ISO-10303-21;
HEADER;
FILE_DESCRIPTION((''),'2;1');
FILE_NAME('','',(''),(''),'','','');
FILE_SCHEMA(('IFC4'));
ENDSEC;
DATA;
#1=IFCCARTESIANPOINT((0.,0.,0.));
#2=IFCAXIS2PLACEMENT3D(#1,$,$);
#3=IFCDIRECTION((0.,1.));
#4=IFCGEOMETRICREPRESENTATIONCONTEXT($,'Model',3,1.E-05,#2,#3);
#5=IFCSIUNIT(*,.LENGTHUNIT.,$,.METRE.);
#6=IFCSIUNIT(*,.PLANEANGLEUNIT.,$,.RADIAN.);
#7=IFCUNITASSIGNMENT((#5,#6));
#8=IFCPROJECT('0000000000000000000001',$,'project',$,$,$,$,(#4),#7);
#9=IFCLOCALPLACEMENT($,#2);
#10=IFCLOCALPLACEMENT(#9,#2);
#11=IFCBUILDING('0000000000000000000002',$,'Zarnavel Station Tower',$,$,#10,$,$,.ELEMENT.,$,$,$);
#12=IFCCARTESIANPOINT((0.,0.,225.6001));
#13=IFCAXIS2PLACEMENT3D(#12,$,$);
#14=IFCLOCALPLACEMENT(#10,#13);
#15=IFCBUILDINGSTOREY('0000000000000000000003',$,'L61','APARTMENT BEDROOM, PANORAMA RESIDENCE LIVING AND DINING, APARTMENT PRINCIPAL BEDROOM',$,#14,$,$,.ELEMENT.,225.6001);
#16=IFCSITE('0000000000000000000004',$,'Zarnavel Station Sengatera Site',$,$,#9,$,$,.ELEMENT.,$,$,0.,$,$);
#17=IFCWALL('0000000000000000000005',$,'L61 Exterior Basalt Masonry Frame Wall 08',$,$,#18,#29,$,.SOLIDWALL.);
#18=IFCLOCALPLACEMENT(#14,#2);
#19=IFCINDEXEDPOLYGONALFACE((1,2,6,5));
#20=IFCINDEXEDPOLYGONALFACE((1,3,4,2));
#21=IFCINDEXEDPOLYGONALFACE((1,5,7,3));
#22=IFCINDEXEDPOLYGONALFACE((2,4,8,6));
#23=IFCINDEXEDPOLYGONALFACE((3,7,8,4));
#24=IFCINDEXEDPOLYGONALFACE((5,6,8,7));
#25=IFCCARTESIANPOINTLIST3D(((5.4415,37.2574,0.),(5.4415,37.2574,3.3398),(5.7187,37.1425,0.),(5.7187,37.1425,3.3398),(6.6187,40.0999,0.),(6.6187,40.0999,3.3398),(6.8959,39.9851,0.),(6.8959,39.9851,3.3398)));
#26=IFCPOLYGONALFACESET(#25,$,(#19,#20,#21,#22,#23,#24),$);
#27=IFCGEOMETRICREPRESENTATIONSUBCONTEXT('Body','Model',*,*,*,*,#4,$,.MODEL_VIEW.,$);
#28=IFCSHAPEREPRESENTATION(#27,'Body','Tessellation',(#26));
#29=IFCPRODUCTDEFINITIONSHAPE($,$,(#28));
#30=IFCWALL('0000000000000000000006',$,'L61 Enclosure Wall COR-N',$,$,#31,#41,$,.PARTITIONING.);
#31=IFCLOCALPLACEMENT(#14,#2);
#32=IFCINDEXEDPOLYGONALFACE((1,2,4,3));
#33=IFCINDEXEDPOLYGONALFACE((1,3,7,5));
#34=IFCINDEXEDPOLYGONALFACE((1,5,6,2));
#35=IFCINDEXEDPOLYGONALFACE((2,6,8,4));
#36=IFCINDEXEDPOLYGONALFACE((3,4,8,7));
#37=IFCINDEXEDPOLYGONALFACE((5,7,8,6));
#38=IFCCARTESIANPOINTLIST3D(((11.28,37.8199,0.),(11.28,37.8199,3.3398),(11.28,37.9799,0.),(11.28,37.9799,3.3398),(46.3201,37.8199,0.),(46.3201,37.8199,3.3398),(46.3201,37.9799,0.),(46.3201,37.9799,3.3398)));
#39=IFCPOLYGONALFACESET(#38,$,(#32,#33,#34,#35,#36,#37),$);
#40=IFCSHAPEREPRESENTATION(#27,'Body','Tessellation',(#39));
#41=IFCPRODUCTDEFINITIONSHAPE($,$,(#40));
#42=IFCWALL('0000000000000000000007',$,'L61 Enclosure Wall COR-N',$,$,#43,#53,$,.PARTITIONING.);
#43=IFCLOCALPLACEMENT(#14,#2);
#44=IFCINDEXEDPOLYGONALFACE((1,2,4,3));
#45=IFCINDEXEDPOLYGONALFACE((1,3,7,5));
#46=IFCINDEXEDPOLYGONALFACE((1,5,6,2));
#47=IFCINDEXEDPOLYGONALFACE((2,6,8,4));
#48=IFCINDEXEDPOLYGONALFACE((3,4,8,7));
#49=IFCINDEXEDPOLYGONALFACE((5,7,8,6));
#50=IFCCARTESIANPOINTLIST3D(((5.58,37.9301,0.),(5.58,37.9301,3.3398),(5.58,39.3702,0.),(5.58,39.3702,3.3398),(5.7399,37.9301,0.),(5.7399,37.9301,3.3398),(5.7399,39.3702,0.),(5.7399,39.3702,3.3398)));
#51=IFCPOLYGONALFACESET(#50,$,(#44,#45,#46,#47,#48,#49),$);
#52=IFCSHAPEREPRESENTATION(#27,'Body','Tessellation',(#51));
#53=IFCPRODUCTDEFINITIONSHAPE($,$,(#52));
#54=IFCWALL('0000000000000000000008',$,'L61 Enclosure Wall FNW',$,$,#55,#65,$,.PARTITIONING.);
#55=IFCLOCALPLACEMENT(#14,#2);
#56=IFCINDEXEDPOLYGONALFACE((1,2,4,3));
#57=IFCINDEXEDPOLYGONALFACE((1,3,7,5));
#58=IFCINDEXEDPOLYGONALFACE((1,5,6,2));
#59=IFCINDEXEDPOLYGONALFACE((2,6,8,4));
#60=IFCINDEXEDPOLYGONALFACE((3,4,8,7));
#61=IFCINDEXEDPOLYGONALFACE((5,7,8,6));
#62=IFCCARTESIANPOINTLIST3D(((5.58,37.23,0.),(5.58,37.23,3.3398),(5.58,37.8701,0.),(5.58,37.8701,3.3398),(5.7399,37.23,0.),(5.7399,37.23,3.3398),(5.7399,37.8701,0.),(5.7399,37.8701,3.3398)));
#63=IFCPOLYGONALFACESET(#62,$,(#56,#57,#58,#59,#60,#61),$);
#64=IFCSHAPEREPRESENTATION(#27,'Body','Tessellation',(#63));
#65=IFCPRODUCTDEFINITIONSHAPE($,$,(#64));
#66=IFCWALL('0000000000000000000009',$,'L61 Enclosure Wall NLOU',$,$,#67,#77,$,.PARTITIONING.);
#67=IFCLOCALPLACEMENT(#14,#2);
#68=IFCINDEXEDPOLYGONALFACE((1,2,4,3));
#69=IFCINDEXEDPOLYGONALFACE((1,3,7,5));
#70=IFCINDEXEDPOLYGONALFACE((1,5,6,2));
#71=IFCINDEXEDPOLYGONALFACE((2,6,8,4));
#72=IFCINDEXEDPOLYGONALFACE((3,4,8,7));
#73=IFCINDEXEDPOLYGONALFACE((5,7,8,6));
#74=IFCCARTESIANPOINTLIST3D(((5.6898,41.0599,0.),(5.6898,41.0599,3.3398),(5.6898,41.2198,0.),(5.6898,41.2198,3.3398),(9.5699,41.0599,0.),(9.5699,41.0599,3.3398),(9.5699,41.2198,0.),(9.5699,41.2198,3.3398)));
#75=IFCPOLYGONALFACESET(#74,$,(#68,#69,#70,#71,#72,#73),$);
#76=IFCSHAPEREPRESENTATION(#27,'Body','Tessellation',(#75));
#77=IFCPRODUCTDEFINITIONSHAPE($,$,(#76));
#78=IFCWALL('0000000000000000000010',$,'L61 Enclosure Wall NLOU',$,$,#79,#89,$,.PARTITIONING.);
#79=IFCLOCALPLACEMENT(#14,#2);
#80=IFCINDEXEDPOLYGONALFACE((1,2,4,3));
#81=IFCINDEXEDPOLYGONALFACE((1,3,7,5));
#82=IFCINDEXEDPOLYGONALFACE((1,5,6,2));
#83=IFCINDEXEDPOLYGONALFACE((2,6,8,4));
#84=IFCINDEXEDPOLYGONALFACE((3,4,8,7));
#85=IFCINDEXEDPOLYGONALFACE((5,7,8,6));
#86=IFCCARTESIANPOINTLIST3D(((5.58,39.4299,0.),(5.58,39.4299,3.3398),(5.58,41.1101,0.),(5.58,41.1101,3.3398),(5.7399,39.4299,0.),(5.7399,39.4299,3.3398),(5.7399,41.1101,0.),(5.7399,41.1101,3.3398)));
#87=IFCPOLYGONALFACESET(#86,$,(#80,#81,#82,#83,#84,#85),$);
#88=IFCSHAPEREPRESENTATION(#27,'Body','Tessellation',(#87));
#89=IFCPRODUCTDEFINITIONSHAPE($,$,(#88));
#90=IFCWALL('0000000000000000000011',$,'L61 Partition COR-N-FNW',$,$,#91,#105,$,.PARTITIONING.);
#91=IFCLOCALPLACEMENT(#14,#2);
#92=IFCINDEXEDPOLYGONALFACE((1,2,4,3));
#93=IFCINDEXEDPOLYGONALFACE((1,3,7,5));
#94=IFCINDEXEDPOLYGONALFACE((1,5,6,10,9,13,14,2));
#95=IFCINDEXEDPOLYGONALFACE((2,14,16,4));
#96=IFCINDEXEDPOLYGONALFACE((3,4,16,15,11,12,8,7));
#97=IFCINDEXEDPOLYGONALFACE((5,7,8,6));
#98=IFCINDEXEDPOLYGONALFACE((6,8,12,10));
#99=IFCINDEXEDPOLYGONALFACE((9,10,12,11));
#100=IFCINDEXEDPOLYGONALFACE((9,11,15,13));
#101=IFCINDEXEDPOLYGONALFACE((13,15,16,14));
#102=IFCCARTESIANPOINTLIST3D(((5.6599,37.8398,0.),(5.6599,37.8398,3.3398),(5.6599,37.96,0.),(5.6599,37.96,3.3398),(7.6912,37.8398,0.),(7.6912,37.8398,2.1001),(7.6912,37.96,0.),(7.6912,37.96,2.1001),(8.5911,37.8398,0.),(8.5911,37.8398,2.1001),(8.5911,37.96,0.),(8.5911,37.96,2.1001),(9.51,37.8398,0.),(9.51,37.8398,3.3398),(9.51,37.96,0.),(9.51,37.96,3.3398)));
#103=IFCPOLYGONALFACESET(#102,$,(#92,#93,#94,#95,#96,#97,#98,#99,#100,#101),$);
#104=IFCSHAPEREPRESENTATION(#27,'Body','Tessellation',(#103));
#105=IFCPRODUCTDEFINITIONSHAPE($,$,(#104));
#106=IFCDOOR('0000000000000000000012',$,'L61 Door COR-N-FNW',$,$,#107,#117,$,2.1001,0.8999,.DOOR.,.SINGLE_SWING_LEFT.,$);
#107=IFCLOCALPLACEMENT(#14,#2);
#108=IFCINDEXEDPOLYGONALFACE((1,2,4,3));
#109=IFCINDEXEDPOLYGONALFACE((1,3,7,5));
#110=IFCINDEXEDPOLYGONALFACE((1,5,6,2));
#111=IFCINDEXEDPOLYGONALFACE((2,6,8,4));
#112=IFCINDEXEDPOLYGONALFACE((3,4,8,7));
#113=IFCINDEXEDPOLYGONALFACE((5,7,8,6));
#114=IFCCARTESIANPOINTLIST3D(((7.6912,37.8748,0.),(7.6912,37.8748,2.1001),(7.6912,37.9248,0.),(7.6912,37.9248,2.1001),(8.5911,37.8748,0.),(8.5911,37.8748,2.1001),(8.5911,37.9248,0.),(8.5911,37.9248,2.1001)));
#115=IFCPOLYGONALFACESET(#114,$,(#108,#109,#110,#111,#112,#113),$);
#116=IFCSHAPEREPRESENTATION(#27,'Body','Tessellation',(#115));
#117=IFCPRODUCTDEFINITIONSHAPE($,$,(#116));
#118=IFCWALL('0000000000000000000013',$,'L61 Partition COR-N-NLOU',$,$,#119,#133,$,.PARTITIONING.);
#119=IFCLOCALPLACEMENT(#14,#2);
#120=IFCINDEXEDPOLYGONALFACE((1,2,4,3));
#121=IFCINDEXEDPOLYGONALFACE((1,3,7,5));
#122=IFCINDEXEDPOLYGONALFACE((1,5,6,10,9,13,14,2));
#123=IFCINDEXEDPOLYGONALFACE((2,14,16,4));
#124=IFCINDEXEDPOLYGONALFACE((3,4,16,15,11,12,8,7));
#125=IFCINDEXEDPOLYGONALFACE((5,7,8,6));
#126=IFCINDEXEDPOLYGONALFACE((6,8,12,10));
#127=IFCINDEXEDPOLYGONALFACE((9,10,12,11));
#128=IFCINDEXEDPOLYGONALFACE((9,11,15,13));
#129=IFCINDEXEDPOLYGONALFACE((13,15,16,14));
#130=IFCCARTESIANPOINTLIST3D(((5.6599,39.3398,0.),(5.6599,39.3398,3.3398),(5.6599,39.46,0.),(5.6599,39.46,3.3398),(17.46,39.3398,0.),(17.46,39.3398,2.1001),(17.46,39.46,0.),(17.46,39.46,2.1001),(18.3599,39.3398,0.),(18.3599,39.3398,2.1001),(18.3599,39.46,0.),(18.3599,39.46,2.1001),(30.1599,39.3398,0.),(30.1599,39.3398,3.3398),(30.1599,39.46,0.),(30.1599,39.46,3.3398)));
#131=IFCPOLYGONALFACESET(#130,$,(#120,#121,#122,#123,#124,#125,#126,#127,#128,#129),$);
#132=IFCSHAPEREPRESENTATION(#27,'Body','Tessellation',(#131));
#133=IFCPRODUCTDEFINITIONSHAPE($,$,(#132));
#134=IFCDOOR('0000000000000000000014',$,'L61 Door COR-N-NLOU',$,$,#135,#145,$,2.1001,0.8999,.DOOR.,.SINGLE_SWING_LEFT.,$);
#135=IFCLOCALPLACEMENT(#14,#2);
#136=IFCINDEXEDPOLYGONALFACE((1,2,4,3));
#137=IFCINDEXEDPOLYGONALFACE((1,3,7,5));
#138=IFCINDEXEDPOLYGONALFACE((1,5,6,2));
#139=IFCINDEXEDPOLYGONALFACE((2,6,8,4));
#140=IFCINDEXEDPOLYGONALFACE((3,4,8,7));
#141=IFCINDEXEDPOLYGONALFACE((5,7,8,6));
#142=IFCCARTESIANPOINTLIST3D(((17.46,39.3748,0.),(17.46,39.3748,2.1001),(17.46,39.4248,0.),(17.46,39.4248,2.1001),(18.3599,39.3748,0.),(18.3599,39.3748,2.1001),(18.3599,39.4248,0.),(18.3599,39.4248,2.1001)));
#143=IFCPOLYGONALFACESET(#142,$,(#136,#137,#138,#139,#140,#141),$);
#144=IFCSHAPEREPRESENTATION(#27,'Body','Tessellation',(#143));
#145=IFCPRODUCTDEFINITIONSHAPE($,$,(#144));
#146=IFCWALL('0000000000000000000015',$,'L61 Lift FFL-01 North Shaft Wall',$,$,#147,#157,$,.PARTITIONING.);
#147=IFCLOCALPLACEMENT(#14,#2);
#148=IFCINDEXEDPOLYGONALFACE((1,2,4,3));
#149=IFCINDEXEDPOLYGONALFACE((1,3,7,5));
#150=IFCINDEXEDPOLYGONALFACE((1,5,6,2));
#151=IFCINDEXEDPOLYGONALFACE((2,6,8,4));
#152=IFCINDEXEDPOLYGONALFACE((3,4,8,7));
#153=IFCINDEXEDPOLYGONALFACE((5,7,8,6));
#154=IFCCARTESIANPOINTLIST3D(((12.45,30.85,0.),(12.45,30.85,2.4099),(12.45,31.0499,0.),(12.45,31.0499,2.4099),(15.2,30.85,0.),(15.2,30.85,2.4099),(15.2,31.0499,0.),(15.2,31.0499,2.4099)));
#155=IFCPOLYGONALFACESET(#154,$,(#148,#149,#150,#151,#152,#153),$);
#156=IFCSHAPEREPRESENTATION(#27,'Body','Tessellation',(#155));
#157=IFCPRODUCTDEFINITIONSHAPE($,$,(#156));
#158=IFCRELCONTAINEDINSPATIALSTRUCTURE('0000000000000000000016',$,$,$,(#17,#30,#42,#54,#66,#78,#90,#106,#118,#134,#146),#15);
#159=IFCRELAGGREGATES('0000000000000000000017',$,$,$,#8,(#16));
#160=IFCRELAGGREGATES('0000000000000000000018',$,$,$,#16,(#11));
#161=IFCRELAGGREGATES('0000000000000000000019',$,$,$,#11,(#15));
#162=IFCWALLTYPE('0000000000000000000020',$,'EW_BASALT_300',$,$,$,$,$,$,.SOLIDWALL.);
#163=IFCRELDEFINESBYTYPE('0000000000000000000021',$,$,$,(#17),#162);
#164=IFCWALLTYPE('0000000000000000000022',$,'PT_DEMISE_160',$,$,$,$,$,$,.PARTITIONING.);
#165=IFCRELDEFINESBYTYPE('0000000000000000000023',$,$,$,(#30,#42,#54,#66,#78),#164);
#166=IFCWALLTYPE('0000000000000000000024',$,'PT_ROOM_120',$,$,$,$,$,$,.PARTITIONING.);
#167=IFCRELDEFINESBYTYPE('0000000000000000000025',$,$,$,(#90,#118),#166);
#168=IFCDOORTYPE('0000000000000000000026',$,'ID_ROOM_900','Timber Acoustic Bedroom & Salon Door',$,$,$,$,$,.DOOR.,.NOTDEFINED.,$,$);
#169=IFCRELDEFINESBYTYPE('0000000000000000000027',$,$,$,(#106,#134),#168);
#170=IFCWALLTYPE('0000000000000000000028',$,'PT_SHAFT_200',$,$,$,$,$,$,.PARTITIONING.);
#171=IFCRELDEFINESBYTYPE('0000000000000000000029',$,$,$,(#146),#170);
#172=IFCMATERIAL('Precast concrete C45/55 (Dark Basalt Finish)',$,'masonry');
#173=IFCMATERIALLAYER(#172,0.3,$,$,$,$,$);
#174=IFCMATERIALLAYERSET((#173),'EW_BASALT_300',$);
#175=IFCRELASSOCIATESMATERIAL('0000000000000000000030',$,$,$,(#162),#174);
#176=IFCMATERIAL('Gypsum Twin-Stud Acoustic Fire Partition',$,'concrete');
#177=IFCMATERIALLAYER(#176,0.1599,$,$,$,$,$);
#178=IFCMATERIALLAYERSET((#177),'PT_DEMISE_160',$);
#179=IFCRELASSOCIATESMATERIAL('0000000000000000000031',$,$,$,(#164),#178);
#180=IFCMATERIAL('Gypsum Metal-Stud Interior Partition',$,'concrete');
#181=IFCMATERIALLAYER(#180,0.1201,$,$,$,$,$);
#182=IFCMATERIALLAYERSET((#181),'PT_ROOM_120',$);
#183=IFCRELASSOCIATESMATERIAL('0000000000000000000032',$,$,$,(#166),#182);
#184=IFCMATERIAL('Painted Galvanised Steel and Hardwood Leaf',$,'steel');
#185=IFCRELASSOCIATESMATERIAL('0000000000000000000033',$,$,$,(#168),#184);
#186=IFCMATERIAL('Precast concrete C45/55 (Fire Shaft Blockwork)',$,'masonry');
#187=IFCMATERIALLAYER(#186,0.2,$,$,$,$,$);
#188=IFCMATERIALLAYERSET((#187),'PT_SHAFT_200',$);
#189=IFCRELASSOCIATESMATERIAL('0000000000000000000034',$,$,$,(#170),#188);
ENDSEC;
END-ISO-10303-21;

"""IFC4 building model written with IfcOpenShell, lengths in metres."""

from ifc_helpers import new_model, si_unit, direction, frame, frame_2d, origin, place, context, subcontext, project, spatial, rectangle, extrude, material, layer, layer_set, type_object, element, fill, save


model = new_model("IFC4")

# Units and contexts
model_context = context("Model", 3, precision=1e-05, world=origin(), true_north=direction((0.0, 1.0)))
body_context = subcontext(model_context, "Body", "Model", "MODEL_VIEW")
ifc_project = project(units=[si_unit("LENGTHUNIT", "METRE"), si_unit("PLANEANGLEUNIT", "RADIAN")], contexts=[model_context])

# Site, building, storey
site_placement = place(None, origin())
site = spatial("IfcSite", under=ifc_project, at=site_placement, Name="Zarnavel Station Sengatera Site", CompositionType="ELEMENT", RefElevation=0.0)
building_placement = place(site_placement, origin())
building = spatial("IfcBuilding", under=site, at=building_placement, Name="Zarnavel Station Tower", CompositionType="ELEMENT")
storey_placement = place(building_placement, frame((0.0, 0.0, 225.6001)))
storey = spatial("IfcBuildingStorey", under=building, at=storey_placement, Name="L61", Description="APARTMENT BEDROOM, PANORAMA RESIDENCE LIVING AND DINING, APARTMENT PRINCIPAL BEDROOM", CompositionType="ELEMENT", Elevation=225.6001)

# Shared definitions
ifc_material_1 = material(Name="Precast concrete C45/55 (Dark Basalt Finish)", Category="masonry")
ifc_layer_1 = layer(ifc_material_1, 0.3)
ifc_layer_set_1 = layer_set([ifc_layer_1], Name="EW_BASALT_300")
wall_type_1 = type_object("IfcWallType", Name="EW_BASALT_300", PredefinedType="SOLIDWALL", material=ifc_layer_set_1)

# Walls
wall_1_placement = place(storey_placement, frame((5.5801, 37.2, 0.0), z_axis=(0.0, 0.0, 1.0), x_axis=(0.382637, 0.923899, 0.0)))
element("IfcWall", 1, at=wall_1_placement, inside=storey, type_object=wall_type_1, Name="L61 Exterior Basalt Masonry Frame Wall 08", PredefinedType="SOLIDWALL", context=body_context, shape_type="SweptSolid", body=[
    extrude(rectangle(XDim=3.0767, YDim=0.3, at=frame_2d((1.5383, 0.0))), origin(), (0.0, 0.0, 1.0), 3.3398),
])
ifc_material_2 = material(Name="Gypsum Twin-Stud Acoustic Fire Partition", Category="concrete")
ifc_layer_2 = layer(ifc_material_2, 0.1599)
ifc_layer_set_2 = layer_set([ifc_layer_2], Name="PT_DEMISE_160")
wall_type_2 = type_object("IfcWallType", Name="PT_DEMISE_160", PredefinedType="PARTITIONING", material=ifc_layer_set_2)
wall_2_placement = place(storey_placement, frame((11.28, 37.8999, 0.0), z_axis=(0.0, 0.0, 1.0), x_axis=(1.0, 0.0, 0.0)))
element("IfcWall", 2, at=wall_2_placement, inside=storey, type_object=wall_type_2, Name="L61 Enclosure Wall COR-N", PredefinedType="PARTITIONING", context=body_context, shape_type="SweptSolid", body=[
    extrude(rectangle(XDim=35.04, YDim=0.1599, at=frame_2d((17.52, 0.0))), origin(), (0.0, 0.0, 1.0), 3.3398),
])
wall_3_placement = place(storey_placement, frame((5.6599, 37.9299, 0.0), z_axis=(0.0, 0.0, 1.0), x_axis=(0.0, 1.0, 0.0)))
element("IfcWall", 3, at=wall_3_placement, inside=storey, type_object=wall_type_2, Name="L61 Enclosure Wall COR-N", PredefinedType="PARTITIONING", context=body_context, shape_type="SweptSolid", body=[
    extrude(rectangle(XDim=1.4402, YDim=0.1599, at=frame_2d((0.7202, 0.0))), origin(), (0.0, 0.0, 1.0), 3.3398),
])
wall_4_placement = place(storey_placement, frame((5.6599, 37.23, 0.0), z_axis=(0.0, 0.0, 1.0), x_axis=(0.0, 1.0, 0.0)))
element("IfcWall", 4, at=wall_4_placement, inside=storey, type_object=wall_type_2, Name="L61 Enclosure Wall FNW", PredefinedType="PARTITIONING", context=body_context, shape_type="SweptSolid", body=[
    extrude(rectangle(XDim=0.6401, YDim=0.1599, at=frame_2d((0.3201, 0.0))), origin(), (0.0, 0.0, 1.0), 3.3398),
])
wall_5_placement = place(storey_placement, frame((5.6899, 41.1399, 0.0), z_axis=(0.0, 0.0, 1.0), x_axis=(1.0, 0.0, 0.0)))
element("IfcWall", 5, at=wall_5_placement, inside=storey, type_object=wall_type_2, Name="L61 Enclosure Wall NLOU", PredefinedType="PARTITIONING", context=body_context, shape_type="SweptSolid", body=[
    extrude(rectangle(XDim=3.8801, YDim=0.1599, at=frame_2d((1.9399, 0.0))), origin(), (0.0, 0.0, 1.0), 3.3398),
])
wall_6_placement = place(storey_placement, frame((5.6599, 39.4299, 0.0), z_axis=(0.0, 0.0, 1.0), x_axis=(0.0, 1.0, 0.0)))
element("IfcWall", 6, at=wall_6_placement, inside=storey, type_object=wall_type_2, Name="L61 Enclosure Wall NLOU", PredefinedType="PARTITIONING", context=body_context, shape_type="SweptSolid", body=[
    extrude(rectangle(XDim=1.6802, YDim=0.1599, at=frame_2d((0.8401, 0.0))), origin(), (0.0, 0.0, 1.0), 3.3398),
])

# Walls, openings, doors
ifc_material_3 = material(Name="Gypsum Metal-Stud Interior Partition", Category="concrete")
ifc_layer_3 = layer(ifc_material_3, 0.1201)
ifc_layer_set_3 = layer_set([ifc_layer_3], Name="PT_ROOM_120")
wall_type_3 = type_object("IfcWallType", Name="PT_ROOM_120", PredefinedType="PARTITIONING", material=ifc_layer_set_3)
wall_7_placement = place(storey_placement, frame((5.6599, 37.8999, 0.0), z_axis=(0.0, 0.0, 1.0), x_axis=(1.0, 0.0, 0.0)))
wall_7 = element("IfcWall", 7, at=wall_7_placement, inside=storey, type_object=wall_type_3, Name="L61 Partition COR-N-FNW", PredefinedType="PARTITIONING", context=body_context, shape_type="SweptSolid", body=[
    extrude(rectangle(XDim=3.8501, YDim=0.1201, at=frame_2d((1.925, 0.0))), origin(), (0.0, 0.0, 1.0), 3.3398),
])
opening_1_placement = place(wall_7_placement, frame((2.0312, 0.0, 0.0)))
opening_1 = element("IfcOpeningElement", 8, at=opening_1_placement, cuts=wall_7, PredefinedType="OPENING", context=body_context, shape_type="SweptSolid", body=[
    extrude(rectangle(XDim=0.8999, YDim=2.1001, at=frame_2d((0.45, 1.05))), frame((0.0, 0.0701, 0.0), z_axis=(0.0, -1.0, 0.0), x_axis=(1.0, 0.0, 0.0)), (0.0, 0.0, 1.0), 0.1401),
])
ifc_material_4 = material(Name="Painted Galvanised Steel and Hardwood Leaf", Category="steel")
door_type_1 = type_object("IfcDoorType", Name="ID_ROOM_900", Description="Timber Acoustic Bedroom & Salon Door", OperationType="NOTDEFINED", PredefinedType="DOOR", material=ifc_material_4)
door_1_placement = place(opening_1_placement, origin())
door_1 = element("IfcDoor", 9, at=door_1_placement, inside=storey, type_object=door_type_1, Name="L61 Door COR-N-FNW", OperationType="SINGLE_SWING_LEFT", OverallHeight=2.1001, OverallWidth=0.8999, PredefinedType="DOOR", context=body_context, shape_type="SweptSolid", body=[
    extrude(rectangle(XDim=0.8999, YDim=2.1001, at=frame_2d((0.45, 1.05))), frame((0.0, 0.0249, 0.0), z_axis=(0.0, -1.0, 0.0), x_axis=(1.0, 0.0, 0.0)), (0.0, 0.0, 1.0), 0.05),
])
fill(opening_1, door_1)
wall_8_placement = place(storey_placement, frame((5.6599, 39.3999, 0.0), z_axis=(0.0, 0.0, 1.0), x_axis=(1.0, 0.0, 0.0)))
wall_8 = element("IfcWall", 10, at=wall_8_placement, inside=storey, type_object=wall_type_3, Name="L61 Partition COR-N-NLOU", PredefinedType="PARTITIONING", context=body_context, shape_type="SweptSolid", body=[
    extrude(rectangle(XDim=24.5, YDim=0.1201, at=frame_2d((12.25, 0.0))), origin(), (0.0, 0.0, 1.0), 3.3398),
])
opening_2_placement = place(wall_8_placement, frame((11.8, 0.0, 0.0)))
opening_2 = element("IfcOpeningElement", 11, at=opening_2_placement, cuts=wall_8, PredefinedType="OPENING", context=body_context, shape_type="SweptSolid", body=[
    extrude(rectangle(XDim=0.8999, YDim=2.1001, at=frame_2d((0.45, 1.05))), frame((0.0, 0.0701, 0.0), z_axis=(0.0, -1.0, 0.0), x_axis=(1.0, 0.0, 0.0)), (0.0, 0.0, 1.0), 0.1401),
])
door_2_placement = place(opening_2_placement, origin())
door_2 = element("IfcDoor", 12, at=door_2_placement, inside=storey, type_object=door_type_1, Name="L61 Door COR-N-NLOU", OperationType="SINGLE_SWING_LEFT", OverallHeight=2.1001, OverallWidth=0.8999, PredefinedType="DOOR", context=body_context, shape_type="SweptSolid", body=[
    extrude(rectangle(XDim=0.8999, YDim=2.1001, at=frame_2d((0.45, 1.05))), frame((0.0, 0.0249, 0.0), z_axis=(0.0, -1.0, 0.0), x_axis=(1.0, 0.0, 0.0)), (0.0, 0.0, 1.0), 0.05),
])
fill(opening_2, door_2)
ifc_material_5 = material(Name="Precast concrete C45/55 (Fire Shaft Blockwork)", Category="masonry")
ifc_layer_4 = layer(ifc_material_5, 0.2)
ifc_layer_set_4 = layer_set([ifc_layer_4], Name="PT_SHAFT_200")
wall_type_4 = type_object("IfcWallType", Name="PT_SHAFT_200", PredefinedType="PARTITIONING", material=ifc_layer_set_4)

# Wall
wall_9_placement = place(storey_placement, frame((12.45, 30.95, 0.0), z_axis=(0.0, 0.0, 1.0), x_axis=(1.0, 0.0, 0.0)))
element("IfcWall", 13, at=wall_9_placement, inside=storey, type_object=wall_type_4, Name="L61 Lift FFL-01 North Shaft Wall", PredefinedType="PARTITIONING", context=body_context, shape_type="SweptSolid", body=[
    extrude(rectangle(XDim=2.75, YDim=0.2, at=frame_2d((1.375, 0.0))), origin(), (0.0, 0.0, 1.0), 2.4099),
])

save(model, "model.ifc")
